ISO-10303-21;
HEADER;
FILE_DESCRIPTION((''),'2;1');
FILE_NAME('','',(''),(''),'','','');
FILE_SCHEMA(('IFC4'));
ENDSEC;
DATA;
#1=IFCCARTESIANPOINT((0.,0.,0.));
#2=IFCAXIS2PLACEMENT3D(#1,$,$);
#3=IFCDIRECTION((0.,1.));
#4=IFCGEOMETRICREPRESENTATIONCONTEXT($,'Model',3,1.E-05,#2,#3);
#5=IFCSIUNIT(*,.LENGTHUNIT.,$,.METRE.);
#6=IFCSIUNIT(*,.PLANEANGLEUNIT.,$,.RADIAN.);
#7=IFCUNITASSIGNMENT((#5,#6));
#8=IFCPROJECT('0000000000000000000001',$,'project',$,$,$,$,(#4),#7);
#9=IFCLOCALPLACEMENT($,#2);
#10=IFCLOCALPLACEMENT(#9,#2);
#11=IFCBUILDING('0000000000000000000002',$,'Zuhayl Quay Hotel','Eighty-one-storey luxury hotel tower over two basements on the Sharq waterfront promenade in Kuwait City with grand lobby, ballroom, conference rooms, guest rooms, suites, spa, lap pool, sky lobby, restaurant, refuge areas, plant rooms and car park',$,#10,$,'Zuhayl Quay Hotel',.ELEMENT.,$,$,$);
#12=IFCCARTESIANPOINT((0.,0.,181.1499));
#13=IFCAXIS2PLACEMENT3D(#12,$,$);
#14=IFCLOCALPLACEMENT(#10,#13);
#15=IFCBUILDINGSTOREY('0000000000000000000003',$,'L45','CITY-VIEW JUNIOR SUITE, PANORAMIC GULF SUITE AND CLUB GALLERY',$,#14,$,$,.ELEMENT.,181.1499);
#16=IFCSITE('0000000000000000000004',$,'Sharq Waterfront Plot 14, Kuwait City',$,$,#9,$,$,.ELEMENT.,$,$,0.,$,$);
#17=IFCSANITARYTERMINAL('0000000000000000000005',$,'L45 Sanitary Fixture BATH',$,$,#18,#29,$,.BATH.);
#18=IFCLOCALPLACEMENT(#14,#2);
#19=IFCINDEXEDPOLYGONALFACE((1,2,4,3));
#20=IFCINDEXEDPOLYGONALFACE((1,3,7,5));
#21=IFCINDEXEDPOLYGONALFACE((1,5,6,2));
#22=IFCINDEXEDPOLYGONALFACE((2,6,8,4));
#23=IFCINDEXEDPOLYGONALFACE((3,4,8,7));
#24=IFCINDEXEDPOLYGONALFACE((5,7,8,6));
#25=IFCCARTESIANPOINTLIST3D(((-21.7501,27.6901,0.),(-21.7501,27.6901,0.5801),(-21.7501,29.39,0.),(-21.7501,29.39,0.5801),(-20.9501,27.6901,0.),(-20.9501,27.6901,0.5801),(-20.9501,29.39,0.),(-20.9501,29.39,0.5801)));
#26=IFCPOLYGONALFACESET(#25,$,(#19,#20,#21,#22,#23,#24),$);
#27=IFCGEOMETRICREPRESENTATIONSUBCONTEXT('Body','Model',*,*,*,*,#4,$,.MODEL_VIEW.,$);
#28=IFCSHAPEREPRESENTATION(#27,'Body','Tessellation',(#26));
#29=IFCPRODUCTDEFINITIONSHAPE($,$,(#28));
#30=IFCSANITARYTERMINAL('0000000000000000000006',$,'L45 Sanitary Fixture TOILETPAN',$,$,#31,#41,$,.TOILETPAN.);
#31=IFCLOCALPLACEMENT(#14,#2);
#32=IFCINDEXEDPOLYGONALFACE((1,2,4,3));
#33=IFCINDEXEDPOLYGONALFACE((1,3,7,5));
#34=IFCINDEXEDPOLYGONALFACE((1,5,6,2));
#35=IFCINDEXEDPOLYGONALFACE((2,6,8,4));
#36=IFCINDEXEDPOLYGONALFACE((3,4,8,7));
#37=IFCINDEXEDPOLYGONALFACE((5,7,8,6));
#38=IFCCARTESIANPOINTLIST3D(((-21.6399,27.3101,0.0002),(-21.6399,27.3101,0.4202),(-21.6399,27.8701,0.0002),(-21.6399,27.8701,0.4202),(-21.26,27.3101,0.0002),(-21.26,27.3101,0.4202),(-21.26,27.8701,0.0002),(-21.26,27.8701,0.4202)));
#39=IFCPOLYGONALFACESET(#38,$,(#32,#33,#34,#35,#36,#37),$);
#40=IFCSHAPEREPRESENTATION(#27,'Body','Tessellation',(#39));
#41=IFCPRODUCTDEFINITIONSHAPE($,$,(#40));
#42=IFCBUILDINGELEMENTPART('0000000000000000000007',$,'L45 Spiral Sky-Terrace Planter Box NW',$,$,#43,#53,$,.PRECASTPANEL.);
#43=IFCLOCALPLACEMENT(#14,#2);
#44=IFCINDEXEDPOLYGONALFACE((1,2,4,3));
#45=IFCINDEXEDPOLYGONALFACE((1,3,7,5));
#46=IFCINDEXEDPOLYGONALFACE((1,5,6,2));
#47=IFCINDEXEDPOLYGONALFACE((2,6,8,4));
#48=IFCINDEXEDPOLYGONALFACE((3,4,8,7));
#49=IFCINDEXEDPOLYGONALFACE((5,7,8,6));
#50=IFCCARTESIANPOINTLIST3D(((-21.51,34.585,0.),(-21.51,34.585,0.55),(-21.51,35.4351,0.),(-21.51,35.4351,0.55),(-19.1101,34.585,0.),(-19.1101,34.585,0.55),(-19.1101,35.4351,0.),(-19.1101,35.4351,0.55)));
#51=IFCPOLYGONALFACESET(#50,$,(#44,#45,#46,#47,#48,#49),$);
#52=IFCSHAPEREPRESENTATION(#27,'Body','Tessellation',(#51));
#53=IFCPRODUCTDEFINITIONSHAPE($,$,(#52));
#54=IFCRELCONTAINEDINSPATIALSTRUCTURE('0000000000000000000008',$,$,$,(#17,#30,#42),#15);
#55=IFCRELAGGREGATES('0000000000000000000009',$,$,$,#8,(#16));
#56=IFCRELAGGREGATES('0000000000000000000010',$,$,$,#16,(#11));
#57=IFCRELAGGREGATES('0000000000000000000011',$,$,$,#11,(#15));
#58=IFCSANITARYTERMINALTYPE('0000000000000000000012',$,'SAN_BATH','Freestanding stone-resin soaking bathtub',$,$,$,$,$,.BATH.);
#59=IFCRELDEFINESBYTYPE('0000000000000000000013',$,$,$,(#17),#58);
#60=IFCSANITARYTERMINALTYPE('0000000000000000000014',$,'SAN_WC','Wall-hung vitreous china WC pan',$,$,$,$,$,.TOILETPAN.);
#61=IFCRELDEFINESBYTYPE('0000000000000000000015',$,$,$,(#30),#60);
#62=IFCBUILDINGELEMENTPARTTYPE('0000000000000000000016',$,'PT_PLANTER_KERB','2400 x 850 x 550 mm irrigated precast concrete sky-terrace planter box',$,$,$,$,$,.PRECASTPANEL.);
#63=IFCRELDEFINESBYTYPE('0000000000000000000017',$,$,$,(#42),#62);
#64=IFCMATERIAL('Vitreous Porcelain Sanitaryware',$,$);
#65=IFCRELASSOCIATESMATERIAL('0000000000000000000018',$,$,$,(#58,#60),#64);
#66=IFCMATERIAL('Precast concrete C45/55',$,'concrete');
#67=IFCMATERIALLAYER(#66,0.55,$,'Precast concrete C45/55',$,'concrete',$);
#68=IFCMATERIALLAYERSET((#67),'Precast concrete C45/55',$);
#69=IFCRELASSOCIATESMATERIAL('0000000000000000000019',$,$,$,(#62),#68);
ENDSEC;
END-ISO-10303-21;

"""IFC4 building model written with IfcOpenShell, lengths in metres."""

from ifc_helpers import new_model, si_unit, direction, frame, origin, origin_2d, place, context, subcontext, project, spatial, rectangle, extrude, material, layer, layer_set, type_object, element, save


model = new_model("IFC4")

# Units and contexts
model_context = context("Model", 3, precision=1e-05, world=origin(), true_north=direction((0.0, 1.0)))
body_context = subcontext(model_context, "Body", "Model", "MODEL_VIEW")
ifc_project = project(units=[si_unit("LENGTHUNIT", "METRE"), si_unit("PLANEANGLEUNIT", "RADIAN")], contexts=[model_context])

# Site, building, storey
site_placement = place(None, origin())
site = spatial("IfcSite", under=ifc_project, at=site_placement, Name="Sharq Waterfront Plot 14, Kuwait City", CompositionType="ELEMENT", RefElevation=0.0)
building_placement = place(site_placement, origin())
building = spatial("IfcBuilding", under=site, at=building_placement, Name="Zuhayl Quay Hotel", Description="Eighty-one-storey luxury hotel tower over two basements on the Sharq waterfront promenade in Kuwait City with grand lobby, ballroom, conference rooms, guest rooms, suites, spa, lap pool, sky lobby, restaurant, refuge areas, plant rooms and car park", LongName="Zuhayl Quay Hotel", CompositionType="ELEMENT")
storey_placement = place(building_placement, frame((0.0, 0.0, 181.1499)))
storey = spatial("IfcBuildingStorey", under=building, at=storey_placement, Name="L45", Description="CITY-VIEW JUNIOR SUITE, PANORAMIC GULF SUITE AND CLUB GALLERY", CompositionType="ELEMENT", Elevation=181.1499)

# Shared definitions
ifc_material_1 = material(Name="Precast concrete C45/55", Category="concrete")

# Sanitary terminals
ifc_material_2 = material(Name="Vitreous Porcelain Sanitaryware")
sanitary_terminal_type_1 = type_object("IfcSanitaryTerminalType", Name="SAN_BATH", Description="Freestanding stone-resin soaking bathtub", PredefinedType="BATH", material=ifc_material_2)
sanitary_terminal_1_placement = place(storey_placement, frame((-21.3501, 28.54, 0.0), z_axis=(0.0, 0.0, 1.0), x_axis=(1.0, 0.0, 0.0)))
element("IfcSanitaryTerminal", 1, at=sanitary_terminal_1_placement, inside=storey, type_object=sanitary_terminal_type_1, Name="L45 Sanitary Fixture BATH", PredefinedType="BATH", context=body_context, shape_type="SweptSolid", body=[
    extrude(rectangle(XDim=0.8, YDim=1.7, at=origin_2d()), origin(), (0.0, 0.0, 1.0), 0.5801),
])
sanitary_terminal_type_2 = type_object("IfcSanitaryTerminalType", Name="SAN_WC", Description="Wall-hung vitreous china WC pan", PredefinedType="TOILETPAN", material=ifc_material_2)
sanitary_terminal_2_placement = place(storey_placement, frame((-21.45, 27.5901, 0.0002), z_axis=(0.0, 0.0, 1.0), x_axis=(1.0, 0.0, 0.0)))
element("IfcSanitaryTerminal", 2, at=sanitary_terminal_2_placement, inside=storey, type_object=sanitary_terminal_type_2, Name="L45 Sanitary Fixture TOILETPAN", PredefinedType="TOILETPAN", context=body_context, shape_type="SweptSolid", body=[
    extrude(rectangle(XDim=0.3799, YDim=0.5601, at=origin_2d()), origin(), (0.0, 0.0, 1.0), 0.4199),
])

# Building element part
ifc_layer_1 = layer(ifc_material_1, 0.55, Name="Precast concrete C45/55", Category="concrete")
ifc_layer_set_1 = layer_set([ifc_layer_1], Name="Precast concrete C45/55")
building_element_part_type = type_object("IfcBuildingElementPartType", Name="PT_PLANTER_KERB", Description="2400 x 850 x 550 mm irrigated precast concrete sky-terrace planter box", PredefinedType="PRECASTPANEL", material=ifc_layer_set_1)
building_element_part_placement = place(storey_placement, frame((-20.3101, 35.01, 0.0), z_axis=(0.0, 0.0, 1.0), x_axis=(1.0, 0.0, 0.0)))
element("IfcBuildingElementPart", 3, at=building_element_part_placement, inside=storey, type_object=building_element_part_type, Name="L45 Spiral Sky-Terrace Planter Box NW", PredefinedType="PRECASTPANEL", context=body_context, shape_type="SweptSolid", body=[
    extrude(rectangle(XDim=2.3999, YDim=0.8501, at=origin_2d()), origin(), (0.0, 0.0, 1.0), 0.55),
])

save(model, "model.ifc")
